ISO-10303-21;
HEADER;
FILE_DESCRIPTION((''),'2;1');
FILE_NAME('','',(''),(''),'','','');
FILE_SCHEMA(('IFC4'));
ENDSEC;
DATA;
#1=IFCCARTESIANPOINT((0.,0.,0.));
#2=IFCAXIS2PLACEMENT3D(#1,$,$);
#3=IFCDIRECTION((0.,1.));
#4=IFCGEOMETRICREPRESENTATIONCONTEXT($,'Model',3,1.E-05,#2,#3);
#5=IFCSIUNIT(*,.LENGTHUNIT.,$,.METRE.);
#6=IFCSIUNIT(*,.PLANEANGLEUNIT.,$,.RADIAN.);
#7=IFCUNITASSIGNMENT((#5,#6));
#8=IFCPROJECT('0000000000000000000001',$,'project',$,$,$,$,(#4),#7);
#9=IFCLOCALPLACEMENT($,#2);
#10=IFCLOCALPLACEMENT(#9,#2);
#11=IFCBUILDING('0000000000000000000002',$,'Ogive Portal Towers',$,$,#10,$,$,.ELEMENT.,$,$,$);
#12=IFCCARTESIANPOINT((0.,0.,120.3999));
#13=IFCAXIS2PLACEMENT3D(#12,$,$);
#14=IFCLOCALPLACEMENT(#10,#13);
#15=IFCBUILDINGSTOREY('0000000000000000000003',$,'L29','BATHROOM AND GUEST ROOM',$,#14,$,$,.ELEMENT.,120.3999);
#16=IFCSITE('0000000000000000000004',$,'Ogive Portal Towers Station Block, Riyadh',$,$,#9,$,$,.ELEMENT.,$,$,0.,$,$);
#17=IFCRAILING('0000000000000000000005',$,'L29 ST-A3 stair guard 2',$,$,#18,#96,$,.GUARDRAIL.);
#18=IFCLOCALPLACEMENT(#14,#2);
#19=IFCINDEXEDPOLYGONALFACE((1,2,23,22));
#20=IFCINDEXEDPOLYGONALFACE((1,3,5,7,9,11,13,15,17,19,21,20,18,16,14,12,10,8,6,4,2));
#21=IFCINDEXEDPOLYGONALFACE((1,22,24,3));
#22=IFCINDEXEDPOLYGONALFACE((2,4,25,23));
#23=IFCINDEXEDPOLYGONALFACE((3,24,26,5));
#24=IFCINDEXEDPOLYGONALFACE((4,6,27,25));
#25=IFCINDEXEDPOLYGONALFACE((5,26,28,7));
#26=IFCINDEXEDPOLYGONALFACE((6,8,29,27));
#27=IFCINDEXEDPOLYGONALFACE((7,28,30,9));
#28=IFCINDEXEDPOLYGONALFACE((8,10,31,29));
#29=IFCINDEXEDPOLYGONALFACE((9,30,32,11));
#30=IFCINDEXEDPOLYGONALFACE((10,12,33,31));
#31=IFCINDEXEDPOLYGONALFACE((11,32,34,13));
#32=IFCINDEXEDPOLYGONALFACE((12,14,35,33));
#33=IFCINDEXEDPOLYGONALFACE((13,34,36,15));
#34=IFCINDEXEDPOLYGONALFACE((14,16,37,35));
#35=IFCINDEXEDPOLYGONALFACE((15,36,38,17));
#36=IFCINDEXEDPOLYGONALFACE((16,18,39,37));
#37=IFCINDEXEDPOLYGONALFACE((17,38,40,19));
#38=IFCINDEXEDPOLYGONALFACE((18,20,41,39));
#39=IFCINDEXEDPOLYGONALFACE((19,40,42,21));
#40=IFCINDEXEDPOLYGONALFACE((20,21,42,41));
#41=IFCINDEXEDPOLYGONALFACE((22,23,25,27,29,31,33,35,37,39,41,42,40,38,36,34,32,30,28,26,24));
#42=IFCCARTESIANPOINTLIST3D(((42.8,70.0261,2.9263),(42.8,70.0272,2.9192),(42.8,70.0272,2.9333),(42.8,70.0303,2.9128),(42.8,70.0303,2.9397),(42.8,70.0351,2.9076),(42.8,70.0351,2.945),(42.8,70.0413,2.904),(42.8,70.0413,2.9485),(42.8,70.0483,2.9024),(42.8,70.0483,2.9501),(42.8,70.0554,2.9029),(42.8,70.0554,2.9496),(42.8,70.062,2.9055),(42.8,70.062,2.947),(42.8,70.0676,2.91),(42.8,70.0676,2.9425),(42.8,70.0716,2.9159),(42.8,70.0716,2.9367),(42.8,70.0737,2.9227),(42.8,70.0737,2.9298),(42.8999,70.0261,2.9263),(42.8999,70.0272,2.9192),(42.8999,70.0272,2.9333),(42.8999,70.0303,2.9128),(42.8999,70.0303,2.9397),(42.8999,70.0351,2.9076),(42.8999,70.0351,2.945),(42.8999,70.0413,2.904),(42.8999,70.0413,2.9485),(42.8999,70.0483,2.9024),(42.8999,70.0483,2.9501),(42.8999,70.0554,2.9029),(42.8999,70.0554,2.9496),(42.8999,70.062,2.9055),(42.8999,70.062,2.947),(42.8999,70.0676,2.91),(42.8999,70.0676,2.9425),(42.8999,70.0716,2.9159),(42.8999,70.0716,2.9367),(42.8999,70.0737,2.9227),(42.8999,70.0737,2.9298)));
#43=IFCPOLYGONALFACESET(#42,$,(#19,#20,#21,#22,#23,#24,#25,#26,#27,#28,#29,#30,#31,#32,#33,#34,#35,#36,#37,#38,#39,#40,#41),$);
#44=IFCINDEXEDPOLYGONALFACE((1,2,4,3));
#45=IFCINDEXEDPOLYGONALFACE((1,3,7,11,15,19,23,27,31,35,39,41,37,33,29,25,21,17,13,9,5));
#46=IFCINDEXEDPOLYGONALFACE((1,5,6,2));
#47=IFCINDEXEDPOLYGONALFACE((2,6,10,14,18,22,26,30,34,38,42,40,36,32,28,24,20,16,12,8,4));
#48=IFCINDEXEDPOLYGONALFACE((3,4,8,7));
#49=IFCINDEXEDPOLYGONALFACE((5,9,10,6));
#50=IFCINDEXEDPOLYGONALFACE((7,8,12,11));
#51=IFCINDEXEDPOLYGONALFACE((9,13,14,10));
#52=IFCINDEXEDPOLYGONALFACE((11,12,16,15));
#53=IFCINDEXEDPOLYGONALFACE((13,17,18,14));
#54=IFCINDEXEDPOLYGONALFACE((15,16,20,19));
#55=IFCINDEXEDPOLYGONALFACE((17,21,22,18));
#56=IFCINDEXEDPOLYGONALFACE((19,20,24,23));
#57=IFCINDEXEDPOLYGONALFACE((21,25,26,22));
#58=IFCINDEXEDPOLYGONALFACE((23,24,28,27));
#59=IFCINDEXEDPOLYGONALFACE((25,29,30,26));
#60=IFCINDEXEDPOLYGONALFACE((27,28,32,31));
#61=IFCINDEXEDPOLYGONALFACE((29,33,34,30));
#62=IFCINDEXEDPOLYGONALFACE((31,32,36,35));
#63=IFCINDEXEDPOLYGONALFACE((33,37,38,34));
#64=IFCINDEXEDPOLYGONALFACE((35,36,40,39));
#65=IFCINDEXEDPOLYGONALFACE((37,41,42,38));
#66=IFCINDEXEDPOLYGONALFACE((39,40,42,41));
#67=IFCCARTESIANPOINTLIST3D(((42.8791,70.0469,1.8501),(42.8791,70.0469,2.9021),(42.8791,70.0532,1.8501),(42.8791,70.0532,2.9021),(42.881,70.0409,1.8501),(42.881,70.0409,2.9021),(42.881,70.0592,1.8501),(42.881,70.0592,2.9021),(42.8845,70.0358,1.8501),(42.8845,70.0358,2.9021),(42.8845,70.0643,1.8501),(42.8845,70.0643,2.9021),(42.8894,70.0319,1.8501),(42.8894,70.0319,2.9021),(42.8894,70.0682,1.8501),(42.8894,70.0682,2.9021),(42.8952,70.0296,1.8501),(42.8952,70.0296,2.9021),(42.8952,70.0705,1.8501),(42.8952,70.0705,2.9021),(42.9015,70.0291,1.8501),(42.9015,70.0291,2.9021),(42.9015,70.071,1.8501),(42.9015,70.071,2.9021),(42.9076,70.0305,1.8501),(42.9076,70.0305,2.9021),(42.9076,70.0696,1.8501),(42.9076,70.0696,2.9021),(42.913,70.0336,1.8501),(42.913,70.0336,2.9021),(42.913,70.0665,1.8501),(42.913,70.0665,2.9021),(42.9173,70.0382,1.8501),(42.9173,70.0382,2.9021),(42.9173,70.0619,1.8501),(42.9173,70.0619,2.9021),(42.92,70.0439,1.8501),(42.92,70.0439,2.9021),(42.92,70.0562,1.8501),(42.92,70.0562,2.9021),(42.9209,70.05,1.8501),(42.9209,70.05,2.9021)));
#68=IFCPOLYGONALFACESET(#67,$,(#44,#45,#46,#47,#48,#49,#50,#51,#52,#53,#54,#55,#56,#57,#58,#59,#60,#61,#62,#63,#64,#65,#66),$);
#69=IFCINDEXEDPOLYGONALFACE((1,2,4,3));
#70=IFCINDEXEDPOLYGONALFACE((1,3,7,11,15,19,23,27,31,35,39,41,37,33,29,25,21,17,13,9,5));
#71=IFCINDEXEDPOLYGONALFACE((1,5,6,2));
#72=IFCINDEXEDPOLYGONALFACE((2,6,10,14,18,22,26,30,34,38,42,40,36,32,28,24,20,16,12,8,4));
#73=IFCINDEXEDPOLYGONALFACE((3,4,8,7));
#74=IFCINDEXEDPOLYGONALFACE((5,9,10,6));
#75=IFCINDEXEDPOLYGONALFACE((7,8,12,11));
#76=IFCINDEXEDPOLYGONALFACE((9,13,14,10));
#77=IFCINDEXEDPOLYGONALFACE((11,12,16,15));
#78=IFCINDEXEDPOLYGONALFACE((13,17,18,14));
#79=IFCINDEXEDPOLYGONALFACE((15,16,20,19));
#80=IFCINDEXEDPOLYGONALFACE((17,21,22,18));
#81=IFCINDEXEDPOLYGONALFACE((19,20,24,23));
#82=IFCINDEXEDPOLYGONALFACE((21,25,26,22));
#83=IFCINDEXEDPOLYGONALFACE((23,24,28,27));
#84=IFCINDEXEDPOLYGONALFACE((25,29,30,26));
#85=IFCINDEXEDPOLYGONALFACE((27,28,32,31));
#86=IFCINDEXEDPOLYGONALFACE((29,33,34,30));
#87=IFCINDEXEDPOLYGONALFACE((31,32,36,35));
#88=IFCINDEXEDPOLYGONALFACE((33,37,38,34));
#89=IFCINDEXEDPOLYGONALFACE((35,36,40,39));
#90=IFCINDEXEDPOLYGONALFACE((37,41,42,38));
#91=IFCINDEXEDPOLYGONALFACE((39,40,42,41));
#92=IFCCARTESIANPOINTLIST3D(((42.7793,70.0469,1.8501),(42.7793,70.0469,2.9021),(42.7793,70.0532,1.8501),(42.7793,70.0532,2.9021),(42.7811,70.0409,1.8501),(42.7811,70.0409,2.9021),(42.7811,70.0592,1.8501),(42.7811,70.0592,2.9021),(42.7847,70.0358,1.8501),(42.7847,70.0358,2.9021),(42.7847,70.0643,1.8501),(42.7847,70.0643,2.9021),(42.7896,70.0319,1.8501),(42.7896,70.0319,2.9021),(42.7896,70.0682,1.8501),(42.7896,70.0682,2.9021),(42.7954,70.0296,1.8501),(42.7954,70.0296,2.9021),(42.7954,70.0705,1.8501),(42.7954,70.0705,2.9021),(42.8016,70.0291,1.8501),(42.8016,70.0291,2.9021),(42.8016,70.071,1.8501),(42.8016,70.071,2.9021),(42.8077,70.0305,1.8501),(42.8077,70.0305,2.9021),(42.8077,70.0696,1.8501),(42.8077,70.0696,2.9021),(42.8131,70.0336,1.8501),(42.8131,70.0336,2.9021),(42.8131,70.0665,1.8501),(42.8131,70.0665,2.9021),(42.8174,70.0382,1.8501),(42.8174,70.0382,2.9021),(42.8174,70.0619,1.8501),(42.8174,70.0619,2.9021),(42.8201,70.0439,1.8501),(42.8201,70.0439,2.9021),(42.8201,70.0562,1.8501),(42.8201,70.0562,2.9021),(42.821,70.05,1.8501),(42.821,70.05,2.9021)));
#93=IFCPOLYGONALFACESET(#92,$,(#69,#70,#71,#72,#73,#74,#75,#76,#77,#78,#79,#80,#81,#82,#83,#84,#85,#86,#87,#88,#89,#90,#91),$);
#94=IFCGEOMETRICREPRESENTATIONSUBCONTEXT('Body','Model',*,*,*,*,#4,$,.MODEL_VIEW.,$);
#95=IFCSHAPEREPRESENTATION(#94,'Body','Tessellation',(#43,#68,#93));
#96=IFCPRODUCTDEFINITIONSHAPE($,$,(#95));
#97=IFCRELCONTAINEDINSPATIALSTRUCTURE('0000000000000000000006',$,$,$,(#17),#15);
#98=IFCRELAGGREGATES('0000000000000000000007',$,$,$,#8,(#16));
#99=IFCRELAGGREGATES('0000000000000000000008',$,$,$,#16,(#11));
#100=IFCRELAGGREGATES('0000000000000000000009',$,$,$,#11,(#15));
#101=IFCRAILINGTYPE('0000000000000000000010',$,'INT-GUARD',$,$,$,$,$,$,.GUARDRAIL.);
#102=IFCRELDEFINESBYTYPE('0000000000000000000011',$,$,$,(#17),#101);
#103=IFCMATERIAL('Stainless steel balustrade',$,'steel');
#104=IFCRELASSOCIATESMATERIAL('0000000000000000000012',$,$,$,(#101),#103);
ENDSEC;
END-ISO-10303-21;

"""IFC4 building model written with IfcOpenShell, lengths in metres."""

from ifc_helpers import new_model, si_unit, direction, frame, origin, origin_2d, place, context, subcontext, project, spatial, circle, extrude, material, type_object, element, save


model = new_model("IFC4")

# Units and contexts
model_context = context("Model", 3, precision=1e-05, world=origin(), true_north=direction((0.0, 1.0)))
body_context = subcontext(model_context, "Body", "Model", "MODEL_VIEW")
ifc_project = project(units=[si_unit("LENGTHUNIT", "METRE"), si_unit("PLANEANGLEUNIT", "RADIAN")], contexts=[model_context])

# Site, building, storey
site_placement = place(None, origin())
site = spatial("IfcSite", under=ifc_project, at=site_placement, Name="Ogive Portal Towers Station Block, Riyadh", CompositionType="ELEMENT", RefElevation=0.0)
building_placement = place(site_placement, origin())
building = spatial("IfcBuilding", under=site, at=building_placement, Name="Ogive Portal Towers", CompositionType="ELEMENT")
storey_placement = place(building_placement, frame((0.0, 0.0, 120.3999)))
storey = spatial("IfcBuildingStorey", under=building, at=storey_placement, Name="L29", Description="BATHROOM AND GUEST ROOM", CompositionType="ELEMENT", Elevation=120.3999)

# Railing
ifc_material_1 = material(Name="Stainless steel balustrade", Category="steel")
railing_type_1 = type_object("IfcRailingType", Name="INT-GUARD", PredefinedType="GUARDRAIL", material=ifc_material_1)
railing_1_placement = place(storey_placement, frame((42.8999, 70.05, 1.8501)))
element("IfcRailing", 1, at=railing_1_placement, inside=storey, type_object=railing_type_1, Name="L29 ST-A3 stair guard 2", PredefinedType="GUARDRAIL", context=body_context, shape_type="SweptSolid", body=[
    extrude(circle(Radius=0.0239, at=origin_2d()), frame((0.0, 0.0, 1.0762), z_axis=(-1.0, 0.0, 0.0), x_axis=(0.0, -1.0, 0.0)), (0.0, 0.0, 1.0), 0.0999),
    extrude(circle(Radius=0.021, at=origin_2d()), origin(), (0.0, 0.0, 1.0), 1.052),
    extrude(circle(Radius=0.021, at=origin_2d()), frame((-0.0999, 0.0, 0.0)), (0.0, 0.0, 1.0), 1.052),
])

save(model, "model.ifc")
